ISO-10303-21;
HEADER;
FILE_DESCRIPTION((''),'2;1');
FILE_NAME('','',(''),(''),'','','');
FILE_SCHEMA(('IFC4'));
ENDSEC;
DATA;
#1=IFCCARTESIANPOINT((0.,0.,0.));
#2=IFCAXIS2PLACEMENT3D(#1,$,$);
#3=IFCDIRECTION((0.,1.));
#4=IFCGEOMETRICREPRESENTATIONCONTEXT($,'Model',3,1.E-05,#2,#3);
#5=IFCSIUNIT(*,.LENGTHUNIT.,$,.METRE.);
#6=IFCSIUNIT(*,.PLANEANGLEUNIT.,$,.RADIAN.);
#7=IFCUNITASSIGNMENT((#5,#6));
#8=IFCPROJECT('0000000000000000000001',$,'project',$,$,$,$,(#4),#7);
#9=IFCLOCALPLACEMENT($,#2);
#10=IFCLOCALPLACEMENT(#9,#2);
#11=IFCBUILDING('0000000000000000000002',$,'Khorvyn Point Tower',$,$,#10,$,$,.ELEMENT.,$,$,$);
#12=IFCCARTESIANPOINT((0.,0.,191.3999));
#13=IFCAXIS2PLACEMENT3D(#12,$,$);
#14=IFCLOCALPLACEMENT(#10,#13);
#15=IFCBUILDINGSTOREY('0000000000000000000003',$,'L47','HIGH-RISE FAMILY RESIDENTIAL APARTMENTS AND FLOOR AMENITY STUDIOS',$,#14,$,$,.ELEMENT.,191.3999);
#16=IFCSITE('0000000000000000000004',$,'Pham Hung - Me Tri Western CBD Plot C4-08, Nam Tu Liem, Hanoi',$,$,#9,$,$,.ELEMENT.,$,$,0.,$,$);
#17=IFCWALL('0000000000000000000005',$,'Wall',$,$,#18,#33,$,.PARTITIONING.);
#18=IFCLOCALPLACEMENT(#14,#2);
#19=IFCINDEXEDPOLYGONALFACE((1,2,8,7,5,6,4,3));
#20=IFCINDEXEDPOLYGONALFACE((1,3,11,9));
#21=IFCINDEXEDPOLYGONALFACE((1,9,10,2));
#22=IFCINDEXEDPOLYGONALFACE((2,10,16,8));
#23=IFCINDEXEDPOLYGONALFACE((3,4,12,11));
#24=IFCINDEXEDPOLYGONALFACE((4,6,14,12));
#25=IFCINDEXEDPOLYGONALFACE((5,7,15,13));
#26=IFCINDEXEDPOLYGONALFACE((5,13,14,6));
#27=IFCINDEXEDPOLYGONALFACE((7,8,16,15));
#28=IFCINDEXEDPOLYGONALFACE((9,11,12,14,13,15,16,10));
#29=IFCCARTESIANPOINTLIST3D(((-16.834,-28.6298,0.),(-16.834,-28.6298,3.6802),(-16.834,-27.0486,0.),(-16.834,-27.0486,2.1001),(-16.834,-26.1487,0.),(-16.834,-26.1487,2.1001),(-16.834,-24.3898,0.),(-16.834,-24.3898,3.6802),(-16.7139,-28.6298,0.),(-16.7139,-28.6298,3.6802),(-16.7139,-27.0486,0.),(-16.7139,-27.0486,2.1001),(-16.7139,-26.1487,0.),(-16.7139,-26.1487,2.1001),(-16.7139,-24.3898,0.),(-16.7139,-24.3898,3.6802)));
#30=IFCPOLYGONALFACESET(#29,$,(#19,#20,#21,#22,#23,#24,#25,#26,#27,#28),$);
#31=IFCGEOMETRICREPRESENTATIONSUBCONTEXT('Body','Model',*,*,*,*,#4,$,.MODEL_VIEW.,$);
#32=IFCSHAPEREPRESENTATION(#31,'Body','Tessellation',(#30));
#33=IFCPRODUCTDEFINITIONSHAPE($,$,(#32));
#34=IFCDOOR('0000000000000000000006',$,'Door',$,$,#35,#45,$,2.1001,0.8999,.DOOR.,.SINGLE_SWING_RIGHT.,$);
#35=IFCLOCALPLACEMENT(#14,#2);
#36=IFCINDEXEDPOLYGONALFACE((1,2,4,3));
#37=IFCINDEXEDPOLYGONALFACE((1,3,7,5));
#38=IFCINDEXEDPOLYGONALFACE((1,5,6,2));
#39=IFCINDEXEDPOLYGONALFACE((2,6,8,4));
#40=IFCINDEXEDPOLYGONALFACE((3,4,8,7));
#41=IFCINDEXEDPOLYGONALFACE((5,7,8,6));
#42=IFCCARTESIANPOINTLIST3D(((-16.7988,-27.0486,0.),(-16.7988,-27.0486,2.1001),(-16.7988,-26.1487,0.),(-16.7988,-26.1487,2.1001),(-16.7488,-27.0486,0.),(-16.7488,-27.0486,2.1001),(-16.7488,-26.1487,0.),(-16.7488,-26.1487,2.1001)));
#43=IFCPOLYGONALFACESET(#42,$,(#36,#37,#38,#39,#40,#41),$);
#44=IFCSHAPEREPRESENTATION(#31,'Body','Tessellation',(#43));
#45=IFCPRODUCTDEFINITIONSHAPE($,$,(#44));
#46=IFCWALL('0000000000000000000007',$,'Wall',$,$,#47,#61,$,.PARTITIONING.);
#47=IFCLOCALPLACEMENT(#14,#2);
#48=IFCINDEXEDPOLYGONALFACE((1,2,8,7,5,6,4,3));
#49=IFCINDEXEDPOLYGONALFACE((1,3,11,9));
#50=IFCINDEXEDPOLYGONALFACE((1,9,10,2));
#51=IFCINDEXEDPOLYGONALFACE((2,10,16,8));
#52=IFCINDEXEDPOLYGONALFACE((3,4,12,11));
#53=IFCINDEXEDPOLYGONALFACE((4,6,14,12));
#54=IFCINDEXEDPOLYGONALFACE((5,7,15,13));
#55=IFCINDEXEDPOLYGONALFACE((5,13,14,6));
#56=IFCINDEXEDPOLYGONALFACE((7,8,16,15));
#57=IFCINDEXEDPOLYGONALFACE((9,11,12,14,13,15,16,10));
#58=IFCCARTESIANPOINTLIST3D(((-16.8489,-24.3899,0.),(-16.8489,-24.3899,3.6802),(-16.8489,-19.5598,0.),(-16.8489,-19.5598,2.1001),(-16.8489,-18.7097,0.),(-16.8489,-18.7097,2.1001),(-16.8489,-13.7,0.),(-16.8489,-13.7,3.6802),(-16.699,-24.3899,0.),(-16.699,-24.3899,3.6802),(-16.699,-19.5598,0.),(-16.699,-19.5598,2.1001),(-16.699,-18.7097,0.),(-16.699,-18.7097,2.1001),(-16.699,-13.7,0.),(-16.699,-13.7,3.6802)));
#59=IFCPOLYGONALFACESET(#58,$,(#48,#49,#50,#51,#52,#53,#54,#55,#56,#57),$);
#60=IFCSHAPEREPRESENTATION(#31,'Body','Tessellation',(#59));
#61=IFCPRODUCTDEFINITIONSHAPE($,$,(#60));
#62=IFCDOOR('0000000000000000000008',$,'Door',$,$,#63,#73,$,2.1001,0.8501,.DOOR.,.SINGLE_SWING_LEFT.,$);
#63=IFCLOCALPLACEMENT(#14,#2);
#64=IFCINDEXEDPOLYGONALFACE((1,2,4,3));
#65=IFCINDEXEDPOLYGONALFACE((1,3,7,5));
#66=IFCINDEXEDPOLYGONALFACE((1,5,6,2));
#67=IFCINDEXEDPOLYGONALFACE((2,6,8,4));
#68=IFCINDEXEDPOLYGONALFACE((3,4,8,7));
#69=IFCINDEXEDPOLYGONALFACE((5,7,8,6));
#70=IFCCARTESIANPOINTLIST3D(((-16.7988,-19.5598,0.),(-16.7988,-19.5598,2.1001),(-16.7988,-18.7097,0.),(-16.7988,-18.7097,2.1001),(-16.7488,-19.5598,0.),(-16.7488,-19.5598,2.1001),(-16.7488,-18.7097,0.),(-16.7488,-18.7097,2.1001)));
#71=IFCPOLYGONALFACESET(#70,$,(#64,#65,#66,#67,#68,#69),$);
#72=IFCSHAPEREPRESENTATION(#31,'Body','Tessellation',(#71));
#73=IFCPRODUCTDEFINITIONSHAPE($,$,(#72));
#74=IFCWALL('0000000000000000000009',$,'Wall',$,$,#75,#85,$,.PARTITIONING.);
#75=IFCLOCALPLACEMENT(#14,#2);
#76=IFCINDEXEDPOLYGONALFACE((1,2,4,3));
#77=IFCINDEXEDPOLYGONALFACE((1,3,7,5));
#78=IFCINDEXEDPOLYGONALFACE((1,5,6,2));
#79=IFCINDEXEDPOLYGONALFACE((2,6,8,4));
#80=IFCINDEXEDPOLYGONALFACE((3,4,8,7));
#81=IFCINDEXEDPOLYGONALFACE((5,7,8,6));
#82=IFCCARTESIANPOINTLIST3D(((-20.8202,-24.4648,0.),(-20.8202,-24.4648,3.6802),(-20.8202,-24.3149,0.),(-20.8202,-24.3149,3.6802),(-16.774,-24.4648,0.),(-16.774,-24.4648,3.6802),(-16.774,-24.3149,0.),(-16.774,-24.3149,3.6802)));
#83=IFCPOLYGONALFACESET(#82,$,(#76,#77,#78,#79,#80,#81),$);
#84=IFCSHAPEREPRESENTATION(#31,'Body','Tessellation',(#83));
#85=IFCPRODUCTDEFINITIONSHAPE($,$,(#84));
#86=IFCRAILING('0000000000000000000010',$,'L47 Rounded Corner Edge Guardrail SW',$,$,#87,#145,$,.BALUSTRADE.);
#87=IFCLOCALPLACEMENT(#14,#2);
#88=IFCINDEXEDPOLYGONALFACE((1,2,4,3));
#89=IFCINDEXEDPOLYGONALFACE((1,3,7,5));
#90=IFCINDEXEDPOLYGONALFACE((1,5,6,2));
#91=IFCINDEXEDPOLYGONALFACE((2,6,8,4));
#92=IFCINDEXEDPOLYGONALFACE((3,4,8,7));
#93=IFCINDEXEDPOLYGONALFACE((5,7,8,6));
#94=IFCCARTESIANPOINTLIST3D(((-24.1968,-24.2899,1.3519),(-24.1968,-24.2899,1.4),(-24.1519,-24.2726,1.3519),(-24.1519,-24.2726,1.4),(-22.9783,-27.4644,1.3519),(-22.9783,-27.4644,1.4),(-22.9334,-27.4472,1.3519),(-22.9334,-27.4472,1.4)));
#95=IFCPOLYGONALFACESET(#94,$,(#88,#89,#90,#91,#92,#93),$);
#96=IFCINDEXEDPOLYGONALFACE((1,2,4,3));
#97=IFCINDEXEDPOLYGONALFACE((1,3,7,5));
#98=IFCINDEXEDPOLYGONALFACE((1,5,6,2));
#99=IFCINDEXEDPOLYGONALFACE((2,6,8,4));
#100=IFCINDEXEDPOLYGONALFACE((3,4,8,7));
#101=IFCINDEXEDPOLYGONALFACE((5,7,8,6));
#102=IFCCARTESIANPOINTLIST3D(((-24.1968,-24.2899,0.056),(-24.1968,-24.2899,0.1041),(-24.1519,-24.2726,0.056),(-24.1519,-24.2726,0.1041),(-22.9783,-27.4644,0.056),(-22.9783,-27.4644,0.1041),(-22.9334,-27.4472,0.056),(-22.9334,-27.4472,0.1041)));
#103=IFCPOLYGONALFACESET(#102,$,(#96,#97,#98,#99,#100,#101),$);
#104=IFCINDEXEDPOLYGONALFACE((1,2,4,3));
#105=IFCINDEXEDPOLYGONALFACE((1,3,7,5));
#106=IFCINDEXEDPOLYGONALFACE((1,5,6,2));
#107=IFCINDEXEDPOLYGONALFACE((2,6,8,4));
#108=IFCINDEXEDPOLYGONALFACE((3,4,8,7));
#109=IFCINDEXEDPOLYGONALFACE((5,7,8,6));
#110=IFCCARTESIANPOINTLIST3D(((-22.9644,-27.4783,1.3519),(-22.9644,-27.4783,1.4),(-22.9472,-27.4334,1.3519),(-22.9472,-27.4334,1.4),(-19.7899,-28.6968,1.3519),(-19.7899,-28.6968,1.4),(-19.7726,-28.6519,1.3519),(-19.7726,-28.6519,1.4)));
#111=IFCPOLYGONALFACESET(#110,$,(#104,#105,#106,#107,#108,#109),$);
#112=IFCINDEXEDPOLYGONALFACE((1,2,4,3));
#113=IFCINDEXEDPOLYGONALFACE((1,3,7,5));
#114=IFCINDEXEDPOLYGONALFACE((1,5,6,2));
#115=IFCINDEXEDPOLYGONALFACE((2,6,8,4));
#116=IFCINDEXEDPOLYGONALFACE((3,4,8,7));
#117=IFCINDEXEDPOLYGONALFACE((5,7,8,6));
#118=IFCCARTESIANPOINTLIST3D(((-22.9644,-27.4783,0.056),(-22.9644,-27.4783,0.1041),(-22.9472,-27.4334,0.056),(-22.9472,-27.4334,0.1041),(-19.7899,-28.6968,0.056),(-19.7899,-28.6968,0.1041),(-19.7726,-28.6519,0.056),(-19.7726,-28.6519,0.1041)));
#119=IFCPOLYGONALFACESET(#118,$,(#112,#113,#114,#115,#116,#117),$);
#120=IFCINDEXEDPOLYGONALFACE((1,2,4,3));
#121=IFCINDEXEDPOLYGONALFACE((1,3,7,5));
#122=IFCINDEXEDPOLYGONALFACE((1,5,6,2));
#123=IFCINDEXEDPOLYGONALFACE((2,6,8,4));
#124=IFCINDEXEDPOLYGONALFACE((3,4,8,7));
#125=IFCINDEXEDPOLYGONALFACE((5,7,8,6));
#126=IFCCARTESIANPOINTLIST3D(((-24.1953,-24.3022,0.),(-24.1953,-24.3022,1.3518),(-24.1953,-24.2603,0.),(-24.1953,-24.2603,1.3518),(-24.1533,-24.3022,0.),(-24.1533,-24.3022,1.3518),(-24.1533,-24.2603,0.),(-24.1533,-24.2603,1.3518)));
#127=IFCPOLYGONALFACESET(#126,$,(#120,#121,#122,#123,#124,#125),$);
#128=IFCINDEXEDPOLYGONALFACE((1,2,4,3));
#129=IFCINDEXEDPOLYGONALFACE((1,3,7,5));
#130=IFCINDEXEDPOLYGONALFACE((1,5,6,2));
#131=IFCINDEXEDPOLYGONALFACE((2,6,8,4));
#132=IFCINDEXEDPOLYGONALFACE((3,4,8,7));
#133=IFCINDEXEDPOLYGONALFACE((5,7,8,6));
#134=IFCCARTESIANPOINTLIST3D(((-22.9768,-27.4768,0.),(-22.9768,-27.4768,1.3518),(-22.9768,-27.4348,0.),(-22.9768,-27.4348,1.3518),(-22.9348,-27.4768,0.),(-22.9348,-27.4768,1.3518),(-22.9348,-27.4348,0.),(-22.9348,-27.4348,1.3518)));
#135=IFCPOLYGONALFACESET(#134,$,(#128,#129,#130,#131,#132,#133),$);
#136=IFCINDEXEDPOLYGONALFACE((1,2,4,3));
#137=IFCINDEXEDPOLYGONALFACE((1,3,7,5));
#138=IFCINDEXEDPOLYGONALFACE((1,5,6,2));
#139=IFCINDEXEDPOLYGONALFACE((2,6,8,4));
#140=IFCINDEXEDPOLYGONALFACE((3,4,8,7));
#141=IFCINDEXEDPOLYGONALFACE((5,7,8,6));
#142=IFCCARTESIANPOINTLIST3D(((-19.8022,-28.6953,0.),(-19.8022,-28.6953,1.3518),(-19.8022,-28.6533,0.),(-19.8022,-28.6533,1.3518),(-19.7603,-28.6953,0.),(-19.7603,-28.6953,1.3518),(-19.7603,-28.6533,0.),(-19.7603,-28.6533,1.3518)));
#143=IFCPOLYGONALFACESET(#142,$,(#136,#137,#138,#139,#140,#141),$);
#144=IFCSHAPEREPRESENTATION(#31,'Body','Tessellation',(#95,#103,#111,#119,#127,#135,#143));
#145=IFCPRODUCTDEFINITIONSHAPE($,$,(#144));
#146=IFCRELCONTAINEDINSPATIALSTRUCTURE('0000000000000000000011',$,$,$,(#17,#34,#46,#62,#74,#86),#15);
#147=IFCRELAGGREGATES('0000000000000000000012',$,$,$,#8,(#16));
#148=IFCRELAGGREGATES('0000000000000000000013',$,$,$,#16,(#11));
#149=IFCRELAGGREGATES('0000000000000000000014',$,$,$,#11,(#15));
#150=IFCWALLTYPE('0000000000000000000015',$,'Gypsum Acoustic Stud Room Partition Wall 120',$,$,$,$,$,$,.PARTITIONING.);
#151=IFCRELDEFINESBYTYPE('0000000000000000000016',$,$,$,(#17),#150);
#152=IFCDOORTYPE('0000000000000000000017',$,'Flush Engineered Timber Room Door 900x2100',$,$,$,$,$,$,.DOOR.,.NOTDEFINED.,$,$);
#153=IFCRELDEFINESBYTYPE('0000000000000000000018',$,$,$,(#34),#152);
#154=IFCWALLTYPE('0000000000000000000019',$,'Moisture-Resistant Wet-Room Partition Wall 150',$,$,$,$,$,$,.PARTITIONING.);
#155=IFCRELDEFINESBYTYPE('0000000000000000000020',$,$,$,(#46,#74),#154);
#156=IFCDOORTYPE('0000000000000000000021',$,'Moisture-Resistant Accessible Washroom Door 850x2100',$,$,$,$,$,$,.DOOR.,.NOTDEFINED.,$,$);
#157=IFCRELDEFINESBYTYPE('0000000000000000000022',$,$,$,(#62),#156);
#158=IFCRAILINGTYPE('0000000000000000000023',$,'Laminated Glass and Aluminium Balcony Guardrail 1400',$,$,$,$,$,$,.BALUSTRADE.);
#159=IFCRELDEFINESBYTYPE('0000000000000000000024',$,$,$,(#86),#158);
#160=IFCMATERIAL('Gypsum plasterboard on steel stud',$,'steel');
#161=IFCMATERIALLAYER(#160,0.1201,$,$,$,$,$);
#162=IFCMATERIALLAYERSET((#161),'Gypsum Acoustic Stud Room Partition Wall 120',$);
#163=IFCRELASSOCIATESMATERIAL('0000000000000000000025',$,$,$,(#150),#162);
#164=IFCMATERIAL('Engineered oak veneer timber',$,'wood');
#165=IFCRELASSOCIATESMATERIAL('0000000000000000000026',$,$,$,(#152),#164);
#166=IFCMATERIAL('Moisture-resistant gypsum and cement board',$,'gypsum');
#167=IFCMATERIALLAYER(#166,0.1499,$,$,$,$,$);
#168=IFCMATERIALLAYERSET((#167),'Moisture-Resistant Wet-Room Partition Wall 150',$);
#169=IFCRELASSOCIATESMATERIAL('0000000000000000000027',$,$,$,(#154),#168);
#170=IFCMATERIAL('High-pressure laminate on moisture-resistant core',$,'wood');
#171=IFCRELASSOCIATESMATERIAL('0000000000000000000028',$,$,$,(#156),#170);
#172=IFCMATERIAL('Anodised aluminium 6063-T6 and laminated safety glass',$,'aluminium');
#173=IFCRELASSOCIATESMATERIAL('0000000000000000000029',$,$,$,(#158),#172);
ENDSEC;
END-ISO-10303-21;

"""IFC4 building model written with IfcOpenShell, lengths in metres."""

from ifc_helpers import new_model, si_unit, direction, frame, frame_2d, origin, origin_2d, place, context, subcontext, project, spatial, rectangle, extrude, material, layer, layer_set, type_object, element, fill, save


model = new_model("IFC4")

# Units and contexts
model_context = context("Model", 3, precision=1e-05, world=origin(), true_north=direction((0.0, 1.0)))
body_context = subcontext(model_context, "Body", "Model", "MODEL_VIEW")
ifc_project = project(units=[si_unit("LENGTHUNIT", "METRE"), si_unit("PLANEANGLEUNIT", "RADIAN")], contexts=[model_context])

# Site, building, storey
site_placement = place(None, origin())
site = spatial("IfcSite", under=ifc_project, at=site_placement, Name="Pham Hung - Me Tri Western CBD Plot C4-08, Nam Tu Liem, Hanoi", CompositionType="ELEMENT", RefElevation=0.0)
building_placement = place(site_placement, origin())
building = spatial("IfcBuilding", under=site, at=building_placement, Name="Khorvyn Point Tower", CompositionType="ELEMENT")
storey_placement = place(building_placement, frame((0.0, 0.0, 191.3999)))
storey = spatial("IfcBuildingStorey", under=building, at=storey_placement, Name="L47", Description="HIGH-RISE FAMILY RESIDENTIAL APARTMENTS AND FLOOR AMENITY STUDIOS", CompositionType="ELEMENT", Elevation=191.3999)

# Walls, openings, doors
ifc_material_1 = material(Name="Gypsum plasterboard on steel stud", Category="steel")
ifc_layer_1 = layer(ifc_material_1, 0.1201)
ifc_layer_set_1 = layer_set([ifc_layer_1], Name="Gypsum Acoustic Stud Room Partition Wall 120")
wall_type_1 = type_object("IfcWallType", Name="Gypsum Acoustic Stud Room Partition Wall 120", PredefinedType="PARTITIONING", material=ifc_layer_set_1)
ifc_material_2 = material(Name="Engineered oak veneer timber", Category="wood")
door_type_1 = type_object("IfcDoorType", Name="Flush Engineered Timber Room Door 900x2100", OperationType="NOTDEFINED", PredefinedType="DOOR", material=ifc_material_2)
wall_1_placement = place(storey_placement, frame((-16.7739, -28.6299, 0.0), z_axis=(0.0, 0.0, 1.0), x_axis=(0.0, 1.0, 0.0)))
wall_1 = element("IfcWall", 1, at=wall_1_placement, inside=storey, type_object=wall_type_1, Name="Wall", PredefinedType="PARTITIONING", context=body_context, shape_type="SweptSolid", body=[
    extrude(rectangle(XDim=4.24, YDim=0.1201, at=frame_2d((2.1201, 0.0))), origin(), (0.0, 0.0, 1.0), 3.6802),
])
opening_1_placement = place(wall_1_placement, frame((1.5813, 0.0, 0.0)))
opening_1 = element("IfcOpeningElement", 2, at=opening_1_placement, cuts=wall_1, PredefinedType="OPENING", context=body_context, shape_type="SweptSolid", body=[
    extrude(rectangle(XDim=0.8999, YDim=2.1001, at=frame_2d((0.45, 1.05))), frame((0.0, 0.0701, 0.0), z_axis=(0.0, -1.0, 0.0), x_axis=(1.0, 0.0, 0.0)), (0.0, 0.0, 1.0), 0.1401),
])
door_1_placement = place(opening_1_placement, origin())
door_1 = element("IfcDoor", 3, at=door_1_placement, inside=storey, type_object=door_type_1, Name="Door", OperationType="SINGLE_SWING_RIGHT", OverallHeight=2.1001, OverallWidth=0.8999, PredefinedType="DOOR", context=body_context, shape_type="SweptSolid", body=[
    extrude(rectangle(XDim=0.8999, YDim=2.1001, at=frame_2d((0.45, 1.05))), frame((0.0, 0.0249, 0.0), z_axis=(0.0, -1.0, 0.0), x_axis=(1.0, 0.0, 0.0)), (0.0, 0.0, 1.0), 0.05),
])
fill(opening_1, door_1)
ifc_material_3 = material(Name="Moisture-resistant gypsum and cement board", Category="gypsum")
ifc_layer_2 = layer(ifc_material_3, 0.1499)
ifc_layer_set_2 = layer_set([ifc_layer_2], Name="Moisture-Resistant Wet-Room Partition Wall 150")
wall_type_2 = type_object("IfcWallType", Name="Moisture-Resistant Wet-Room Partition Wall 150", PredefinedType="PARTITIONING", material=ifc_layer_set_2)
wall_2_placement = place(storey_placement, frame((-16.7739, -24.3899, 0.0), z_axis=(0.0, 0.0, 1.0), x_axis=(0.0, 1.0, 0.0)))
wall_2 = element("IfcWall", 4, at=wall_2_placement, inside=storey, type_object=wall_type_2, Name="Wall", PredefinedType="PARTITIONING", context=body_context, shape_type="SweptSolid", body=[
    extrude(rectangle(XDim=10.6899, YDim=0.1499, at=frame_2d((5.345, 0.0))), origin(), (0.0, 0.0, 1.0), 3.6802),
])
opening_2_placement = place(wall_2_placement, frame((4.8301, 0.0, 0.0)))
opening_2 = element("IfcOpeningElement", 5, at=opening_2_placement, cuts=wall_2, PredefinedType="OPENING", context=body_context, shape_type="SweptSolid", body=[
    extrude(rectangle(XDim=0.8501, YDim=2.1001, at=frame_2d((0.425, 1.05))), frame((0.0, 0.085, 0.0), z_axis=(0.0, -1.0, 0.0), x_axis=(1.0, 0.0, 0.0)), (0.0, 0.0, 1.0), 0.1699),
])
ifc_material_4 = material(Name="High-pressure laminate on moisture-resistant core", Category="wood")
door_type_2 = type_object("IfcDoorType", Name="Moisture-Resistant Accessible Washroom Door 850x2100", OperationType="NOTDEFINED", PredefinedType="DOOR", material=ifc_material_4)
door_2_placement = place(opening_2_placement, origin())
door_2 = element("IfcDoor", 6, at=door_2_placement, inside=storey, type_object=door_type_2, Name="Door", OperationType="SINGLE_SWING_LEFT", OverallHeight=2.1001, OverallWidth=0.8501, PredefinedType="DOOR", context=body_context, shape_type="SweptSolid", body=[
    extrude(rectangle(XDim=0.8501, YDim=2.1001, at=frame_2d((0.425, 1.05))), frame((0.0, 0.0249, 0.0), z_axis=(0.0, -1.0, 0.0), x_axis=(1.0, 0.0, 0.0)), (0.0, 0.0, 1.0), 0.05),
])
fill(opening_2, door_2)

# Wall
wall_3_placement = place(storey_placement, frame((-20.8201, -24.3899, 0.0), z_axis=(0.0, 0.0, 1.0), x_axis=(1.0, 0.0, 0.0)))
element("IfcWall", 7, at=wall_3_placement, inside=storey, type_object=wall_type_2, Name="Wall", PredefinedType="PARTITIONING", context=body_context, shape_type="SweptSolid", body=[
    extrude(rectangle(XDim=4.0461, YDim=0.1499, at=frame_2d((2.0229, 0.0))), origin(), (0.0, 0.0, 1.0), 3.6802),
])

# Railing
ifc_material_5 = material(Name="Anodised aluminium 6063-T6 and laminated safety glass", Category="aluminium")
railing_type = type_object("IfcRailingType", Name="Laminated Glass and Aluminium Balcony Guardrail 1400", PredefinedType="BALUSTRADE", material=ifc_material_5)
railing_placement = place(storey_placement, frame((-24.1743, -24.2812, 0.0)))
element("IfcRailing", 8, at=railing_placement, inside=storey, type_object=railing_type, Name="L47 Rounded Corner Edge Guardrail SW", PredefinedType="BALUSTRADE", context=body_context, shape_type="SweptSolid", body=[
    extrude(rectangle(XDim=0.0481, YDim=0.0481, at=origin_2d()), frame((0.0, 0.0, 1.376), z_axis=(0.358344, -0.93359, 0.0), x_axis=(0.93359, 0.358344, 0.0)), (0.0, 0.0, 1.0), 3.4004),
    extrude(rectangle(XDim=0.0481, YDim=0.0481, at=origin_2d()), frame((0.0, 0.0, 0.0801), z_axis=(0.358344, -0.93359, 0.0), x_axis=(0.93359, 0.358344, 0.0)), (0.0, 0.0, 1.0), 3.4004),
    extrude(rectangle(XDim=0.0481, YDim=0.0481, at=origin_2d()), frame((1.2185, -3.1746, 1.376), z_axis=(0.93359, -0.358344, 0.0), x_axis=(0.358344, 0.93359, 0.0)), (0.0, 0.0, 1.0), 3.4004),
    extrude(rectangle(XDim=0.0481, YDim=0.0481, at=origin_2d()), frame((1.2185, -3.1746, 0.0801), z_axis=(0.93359, -0.358344, 0.0), x_axis=(0.358344, 0.93359, 0.0)), (0.0, 0.0, 1.0), 3.4004),
    extrude(rectangle(XDim=0.042, YDim=0.042, at=origin_2d()), origin(), (0.0, 0.0, 1.0), 1.3518),
    extrude(rectangle(XDim=0.042, YDim=0.042, at=origin_2d()), frame((1.2185, -3.1746, 0.0)), (0.0, 0.0, 1.0), 1.3518),
    extrude(rectangle(XDim=0.042, YDim=0.042, at=origin_2d()), frame((4.3931, -4.3931, 0.0)), (0.0, 0.0, 1.0), 1.3518),
])

save(model, "model.ifc")
